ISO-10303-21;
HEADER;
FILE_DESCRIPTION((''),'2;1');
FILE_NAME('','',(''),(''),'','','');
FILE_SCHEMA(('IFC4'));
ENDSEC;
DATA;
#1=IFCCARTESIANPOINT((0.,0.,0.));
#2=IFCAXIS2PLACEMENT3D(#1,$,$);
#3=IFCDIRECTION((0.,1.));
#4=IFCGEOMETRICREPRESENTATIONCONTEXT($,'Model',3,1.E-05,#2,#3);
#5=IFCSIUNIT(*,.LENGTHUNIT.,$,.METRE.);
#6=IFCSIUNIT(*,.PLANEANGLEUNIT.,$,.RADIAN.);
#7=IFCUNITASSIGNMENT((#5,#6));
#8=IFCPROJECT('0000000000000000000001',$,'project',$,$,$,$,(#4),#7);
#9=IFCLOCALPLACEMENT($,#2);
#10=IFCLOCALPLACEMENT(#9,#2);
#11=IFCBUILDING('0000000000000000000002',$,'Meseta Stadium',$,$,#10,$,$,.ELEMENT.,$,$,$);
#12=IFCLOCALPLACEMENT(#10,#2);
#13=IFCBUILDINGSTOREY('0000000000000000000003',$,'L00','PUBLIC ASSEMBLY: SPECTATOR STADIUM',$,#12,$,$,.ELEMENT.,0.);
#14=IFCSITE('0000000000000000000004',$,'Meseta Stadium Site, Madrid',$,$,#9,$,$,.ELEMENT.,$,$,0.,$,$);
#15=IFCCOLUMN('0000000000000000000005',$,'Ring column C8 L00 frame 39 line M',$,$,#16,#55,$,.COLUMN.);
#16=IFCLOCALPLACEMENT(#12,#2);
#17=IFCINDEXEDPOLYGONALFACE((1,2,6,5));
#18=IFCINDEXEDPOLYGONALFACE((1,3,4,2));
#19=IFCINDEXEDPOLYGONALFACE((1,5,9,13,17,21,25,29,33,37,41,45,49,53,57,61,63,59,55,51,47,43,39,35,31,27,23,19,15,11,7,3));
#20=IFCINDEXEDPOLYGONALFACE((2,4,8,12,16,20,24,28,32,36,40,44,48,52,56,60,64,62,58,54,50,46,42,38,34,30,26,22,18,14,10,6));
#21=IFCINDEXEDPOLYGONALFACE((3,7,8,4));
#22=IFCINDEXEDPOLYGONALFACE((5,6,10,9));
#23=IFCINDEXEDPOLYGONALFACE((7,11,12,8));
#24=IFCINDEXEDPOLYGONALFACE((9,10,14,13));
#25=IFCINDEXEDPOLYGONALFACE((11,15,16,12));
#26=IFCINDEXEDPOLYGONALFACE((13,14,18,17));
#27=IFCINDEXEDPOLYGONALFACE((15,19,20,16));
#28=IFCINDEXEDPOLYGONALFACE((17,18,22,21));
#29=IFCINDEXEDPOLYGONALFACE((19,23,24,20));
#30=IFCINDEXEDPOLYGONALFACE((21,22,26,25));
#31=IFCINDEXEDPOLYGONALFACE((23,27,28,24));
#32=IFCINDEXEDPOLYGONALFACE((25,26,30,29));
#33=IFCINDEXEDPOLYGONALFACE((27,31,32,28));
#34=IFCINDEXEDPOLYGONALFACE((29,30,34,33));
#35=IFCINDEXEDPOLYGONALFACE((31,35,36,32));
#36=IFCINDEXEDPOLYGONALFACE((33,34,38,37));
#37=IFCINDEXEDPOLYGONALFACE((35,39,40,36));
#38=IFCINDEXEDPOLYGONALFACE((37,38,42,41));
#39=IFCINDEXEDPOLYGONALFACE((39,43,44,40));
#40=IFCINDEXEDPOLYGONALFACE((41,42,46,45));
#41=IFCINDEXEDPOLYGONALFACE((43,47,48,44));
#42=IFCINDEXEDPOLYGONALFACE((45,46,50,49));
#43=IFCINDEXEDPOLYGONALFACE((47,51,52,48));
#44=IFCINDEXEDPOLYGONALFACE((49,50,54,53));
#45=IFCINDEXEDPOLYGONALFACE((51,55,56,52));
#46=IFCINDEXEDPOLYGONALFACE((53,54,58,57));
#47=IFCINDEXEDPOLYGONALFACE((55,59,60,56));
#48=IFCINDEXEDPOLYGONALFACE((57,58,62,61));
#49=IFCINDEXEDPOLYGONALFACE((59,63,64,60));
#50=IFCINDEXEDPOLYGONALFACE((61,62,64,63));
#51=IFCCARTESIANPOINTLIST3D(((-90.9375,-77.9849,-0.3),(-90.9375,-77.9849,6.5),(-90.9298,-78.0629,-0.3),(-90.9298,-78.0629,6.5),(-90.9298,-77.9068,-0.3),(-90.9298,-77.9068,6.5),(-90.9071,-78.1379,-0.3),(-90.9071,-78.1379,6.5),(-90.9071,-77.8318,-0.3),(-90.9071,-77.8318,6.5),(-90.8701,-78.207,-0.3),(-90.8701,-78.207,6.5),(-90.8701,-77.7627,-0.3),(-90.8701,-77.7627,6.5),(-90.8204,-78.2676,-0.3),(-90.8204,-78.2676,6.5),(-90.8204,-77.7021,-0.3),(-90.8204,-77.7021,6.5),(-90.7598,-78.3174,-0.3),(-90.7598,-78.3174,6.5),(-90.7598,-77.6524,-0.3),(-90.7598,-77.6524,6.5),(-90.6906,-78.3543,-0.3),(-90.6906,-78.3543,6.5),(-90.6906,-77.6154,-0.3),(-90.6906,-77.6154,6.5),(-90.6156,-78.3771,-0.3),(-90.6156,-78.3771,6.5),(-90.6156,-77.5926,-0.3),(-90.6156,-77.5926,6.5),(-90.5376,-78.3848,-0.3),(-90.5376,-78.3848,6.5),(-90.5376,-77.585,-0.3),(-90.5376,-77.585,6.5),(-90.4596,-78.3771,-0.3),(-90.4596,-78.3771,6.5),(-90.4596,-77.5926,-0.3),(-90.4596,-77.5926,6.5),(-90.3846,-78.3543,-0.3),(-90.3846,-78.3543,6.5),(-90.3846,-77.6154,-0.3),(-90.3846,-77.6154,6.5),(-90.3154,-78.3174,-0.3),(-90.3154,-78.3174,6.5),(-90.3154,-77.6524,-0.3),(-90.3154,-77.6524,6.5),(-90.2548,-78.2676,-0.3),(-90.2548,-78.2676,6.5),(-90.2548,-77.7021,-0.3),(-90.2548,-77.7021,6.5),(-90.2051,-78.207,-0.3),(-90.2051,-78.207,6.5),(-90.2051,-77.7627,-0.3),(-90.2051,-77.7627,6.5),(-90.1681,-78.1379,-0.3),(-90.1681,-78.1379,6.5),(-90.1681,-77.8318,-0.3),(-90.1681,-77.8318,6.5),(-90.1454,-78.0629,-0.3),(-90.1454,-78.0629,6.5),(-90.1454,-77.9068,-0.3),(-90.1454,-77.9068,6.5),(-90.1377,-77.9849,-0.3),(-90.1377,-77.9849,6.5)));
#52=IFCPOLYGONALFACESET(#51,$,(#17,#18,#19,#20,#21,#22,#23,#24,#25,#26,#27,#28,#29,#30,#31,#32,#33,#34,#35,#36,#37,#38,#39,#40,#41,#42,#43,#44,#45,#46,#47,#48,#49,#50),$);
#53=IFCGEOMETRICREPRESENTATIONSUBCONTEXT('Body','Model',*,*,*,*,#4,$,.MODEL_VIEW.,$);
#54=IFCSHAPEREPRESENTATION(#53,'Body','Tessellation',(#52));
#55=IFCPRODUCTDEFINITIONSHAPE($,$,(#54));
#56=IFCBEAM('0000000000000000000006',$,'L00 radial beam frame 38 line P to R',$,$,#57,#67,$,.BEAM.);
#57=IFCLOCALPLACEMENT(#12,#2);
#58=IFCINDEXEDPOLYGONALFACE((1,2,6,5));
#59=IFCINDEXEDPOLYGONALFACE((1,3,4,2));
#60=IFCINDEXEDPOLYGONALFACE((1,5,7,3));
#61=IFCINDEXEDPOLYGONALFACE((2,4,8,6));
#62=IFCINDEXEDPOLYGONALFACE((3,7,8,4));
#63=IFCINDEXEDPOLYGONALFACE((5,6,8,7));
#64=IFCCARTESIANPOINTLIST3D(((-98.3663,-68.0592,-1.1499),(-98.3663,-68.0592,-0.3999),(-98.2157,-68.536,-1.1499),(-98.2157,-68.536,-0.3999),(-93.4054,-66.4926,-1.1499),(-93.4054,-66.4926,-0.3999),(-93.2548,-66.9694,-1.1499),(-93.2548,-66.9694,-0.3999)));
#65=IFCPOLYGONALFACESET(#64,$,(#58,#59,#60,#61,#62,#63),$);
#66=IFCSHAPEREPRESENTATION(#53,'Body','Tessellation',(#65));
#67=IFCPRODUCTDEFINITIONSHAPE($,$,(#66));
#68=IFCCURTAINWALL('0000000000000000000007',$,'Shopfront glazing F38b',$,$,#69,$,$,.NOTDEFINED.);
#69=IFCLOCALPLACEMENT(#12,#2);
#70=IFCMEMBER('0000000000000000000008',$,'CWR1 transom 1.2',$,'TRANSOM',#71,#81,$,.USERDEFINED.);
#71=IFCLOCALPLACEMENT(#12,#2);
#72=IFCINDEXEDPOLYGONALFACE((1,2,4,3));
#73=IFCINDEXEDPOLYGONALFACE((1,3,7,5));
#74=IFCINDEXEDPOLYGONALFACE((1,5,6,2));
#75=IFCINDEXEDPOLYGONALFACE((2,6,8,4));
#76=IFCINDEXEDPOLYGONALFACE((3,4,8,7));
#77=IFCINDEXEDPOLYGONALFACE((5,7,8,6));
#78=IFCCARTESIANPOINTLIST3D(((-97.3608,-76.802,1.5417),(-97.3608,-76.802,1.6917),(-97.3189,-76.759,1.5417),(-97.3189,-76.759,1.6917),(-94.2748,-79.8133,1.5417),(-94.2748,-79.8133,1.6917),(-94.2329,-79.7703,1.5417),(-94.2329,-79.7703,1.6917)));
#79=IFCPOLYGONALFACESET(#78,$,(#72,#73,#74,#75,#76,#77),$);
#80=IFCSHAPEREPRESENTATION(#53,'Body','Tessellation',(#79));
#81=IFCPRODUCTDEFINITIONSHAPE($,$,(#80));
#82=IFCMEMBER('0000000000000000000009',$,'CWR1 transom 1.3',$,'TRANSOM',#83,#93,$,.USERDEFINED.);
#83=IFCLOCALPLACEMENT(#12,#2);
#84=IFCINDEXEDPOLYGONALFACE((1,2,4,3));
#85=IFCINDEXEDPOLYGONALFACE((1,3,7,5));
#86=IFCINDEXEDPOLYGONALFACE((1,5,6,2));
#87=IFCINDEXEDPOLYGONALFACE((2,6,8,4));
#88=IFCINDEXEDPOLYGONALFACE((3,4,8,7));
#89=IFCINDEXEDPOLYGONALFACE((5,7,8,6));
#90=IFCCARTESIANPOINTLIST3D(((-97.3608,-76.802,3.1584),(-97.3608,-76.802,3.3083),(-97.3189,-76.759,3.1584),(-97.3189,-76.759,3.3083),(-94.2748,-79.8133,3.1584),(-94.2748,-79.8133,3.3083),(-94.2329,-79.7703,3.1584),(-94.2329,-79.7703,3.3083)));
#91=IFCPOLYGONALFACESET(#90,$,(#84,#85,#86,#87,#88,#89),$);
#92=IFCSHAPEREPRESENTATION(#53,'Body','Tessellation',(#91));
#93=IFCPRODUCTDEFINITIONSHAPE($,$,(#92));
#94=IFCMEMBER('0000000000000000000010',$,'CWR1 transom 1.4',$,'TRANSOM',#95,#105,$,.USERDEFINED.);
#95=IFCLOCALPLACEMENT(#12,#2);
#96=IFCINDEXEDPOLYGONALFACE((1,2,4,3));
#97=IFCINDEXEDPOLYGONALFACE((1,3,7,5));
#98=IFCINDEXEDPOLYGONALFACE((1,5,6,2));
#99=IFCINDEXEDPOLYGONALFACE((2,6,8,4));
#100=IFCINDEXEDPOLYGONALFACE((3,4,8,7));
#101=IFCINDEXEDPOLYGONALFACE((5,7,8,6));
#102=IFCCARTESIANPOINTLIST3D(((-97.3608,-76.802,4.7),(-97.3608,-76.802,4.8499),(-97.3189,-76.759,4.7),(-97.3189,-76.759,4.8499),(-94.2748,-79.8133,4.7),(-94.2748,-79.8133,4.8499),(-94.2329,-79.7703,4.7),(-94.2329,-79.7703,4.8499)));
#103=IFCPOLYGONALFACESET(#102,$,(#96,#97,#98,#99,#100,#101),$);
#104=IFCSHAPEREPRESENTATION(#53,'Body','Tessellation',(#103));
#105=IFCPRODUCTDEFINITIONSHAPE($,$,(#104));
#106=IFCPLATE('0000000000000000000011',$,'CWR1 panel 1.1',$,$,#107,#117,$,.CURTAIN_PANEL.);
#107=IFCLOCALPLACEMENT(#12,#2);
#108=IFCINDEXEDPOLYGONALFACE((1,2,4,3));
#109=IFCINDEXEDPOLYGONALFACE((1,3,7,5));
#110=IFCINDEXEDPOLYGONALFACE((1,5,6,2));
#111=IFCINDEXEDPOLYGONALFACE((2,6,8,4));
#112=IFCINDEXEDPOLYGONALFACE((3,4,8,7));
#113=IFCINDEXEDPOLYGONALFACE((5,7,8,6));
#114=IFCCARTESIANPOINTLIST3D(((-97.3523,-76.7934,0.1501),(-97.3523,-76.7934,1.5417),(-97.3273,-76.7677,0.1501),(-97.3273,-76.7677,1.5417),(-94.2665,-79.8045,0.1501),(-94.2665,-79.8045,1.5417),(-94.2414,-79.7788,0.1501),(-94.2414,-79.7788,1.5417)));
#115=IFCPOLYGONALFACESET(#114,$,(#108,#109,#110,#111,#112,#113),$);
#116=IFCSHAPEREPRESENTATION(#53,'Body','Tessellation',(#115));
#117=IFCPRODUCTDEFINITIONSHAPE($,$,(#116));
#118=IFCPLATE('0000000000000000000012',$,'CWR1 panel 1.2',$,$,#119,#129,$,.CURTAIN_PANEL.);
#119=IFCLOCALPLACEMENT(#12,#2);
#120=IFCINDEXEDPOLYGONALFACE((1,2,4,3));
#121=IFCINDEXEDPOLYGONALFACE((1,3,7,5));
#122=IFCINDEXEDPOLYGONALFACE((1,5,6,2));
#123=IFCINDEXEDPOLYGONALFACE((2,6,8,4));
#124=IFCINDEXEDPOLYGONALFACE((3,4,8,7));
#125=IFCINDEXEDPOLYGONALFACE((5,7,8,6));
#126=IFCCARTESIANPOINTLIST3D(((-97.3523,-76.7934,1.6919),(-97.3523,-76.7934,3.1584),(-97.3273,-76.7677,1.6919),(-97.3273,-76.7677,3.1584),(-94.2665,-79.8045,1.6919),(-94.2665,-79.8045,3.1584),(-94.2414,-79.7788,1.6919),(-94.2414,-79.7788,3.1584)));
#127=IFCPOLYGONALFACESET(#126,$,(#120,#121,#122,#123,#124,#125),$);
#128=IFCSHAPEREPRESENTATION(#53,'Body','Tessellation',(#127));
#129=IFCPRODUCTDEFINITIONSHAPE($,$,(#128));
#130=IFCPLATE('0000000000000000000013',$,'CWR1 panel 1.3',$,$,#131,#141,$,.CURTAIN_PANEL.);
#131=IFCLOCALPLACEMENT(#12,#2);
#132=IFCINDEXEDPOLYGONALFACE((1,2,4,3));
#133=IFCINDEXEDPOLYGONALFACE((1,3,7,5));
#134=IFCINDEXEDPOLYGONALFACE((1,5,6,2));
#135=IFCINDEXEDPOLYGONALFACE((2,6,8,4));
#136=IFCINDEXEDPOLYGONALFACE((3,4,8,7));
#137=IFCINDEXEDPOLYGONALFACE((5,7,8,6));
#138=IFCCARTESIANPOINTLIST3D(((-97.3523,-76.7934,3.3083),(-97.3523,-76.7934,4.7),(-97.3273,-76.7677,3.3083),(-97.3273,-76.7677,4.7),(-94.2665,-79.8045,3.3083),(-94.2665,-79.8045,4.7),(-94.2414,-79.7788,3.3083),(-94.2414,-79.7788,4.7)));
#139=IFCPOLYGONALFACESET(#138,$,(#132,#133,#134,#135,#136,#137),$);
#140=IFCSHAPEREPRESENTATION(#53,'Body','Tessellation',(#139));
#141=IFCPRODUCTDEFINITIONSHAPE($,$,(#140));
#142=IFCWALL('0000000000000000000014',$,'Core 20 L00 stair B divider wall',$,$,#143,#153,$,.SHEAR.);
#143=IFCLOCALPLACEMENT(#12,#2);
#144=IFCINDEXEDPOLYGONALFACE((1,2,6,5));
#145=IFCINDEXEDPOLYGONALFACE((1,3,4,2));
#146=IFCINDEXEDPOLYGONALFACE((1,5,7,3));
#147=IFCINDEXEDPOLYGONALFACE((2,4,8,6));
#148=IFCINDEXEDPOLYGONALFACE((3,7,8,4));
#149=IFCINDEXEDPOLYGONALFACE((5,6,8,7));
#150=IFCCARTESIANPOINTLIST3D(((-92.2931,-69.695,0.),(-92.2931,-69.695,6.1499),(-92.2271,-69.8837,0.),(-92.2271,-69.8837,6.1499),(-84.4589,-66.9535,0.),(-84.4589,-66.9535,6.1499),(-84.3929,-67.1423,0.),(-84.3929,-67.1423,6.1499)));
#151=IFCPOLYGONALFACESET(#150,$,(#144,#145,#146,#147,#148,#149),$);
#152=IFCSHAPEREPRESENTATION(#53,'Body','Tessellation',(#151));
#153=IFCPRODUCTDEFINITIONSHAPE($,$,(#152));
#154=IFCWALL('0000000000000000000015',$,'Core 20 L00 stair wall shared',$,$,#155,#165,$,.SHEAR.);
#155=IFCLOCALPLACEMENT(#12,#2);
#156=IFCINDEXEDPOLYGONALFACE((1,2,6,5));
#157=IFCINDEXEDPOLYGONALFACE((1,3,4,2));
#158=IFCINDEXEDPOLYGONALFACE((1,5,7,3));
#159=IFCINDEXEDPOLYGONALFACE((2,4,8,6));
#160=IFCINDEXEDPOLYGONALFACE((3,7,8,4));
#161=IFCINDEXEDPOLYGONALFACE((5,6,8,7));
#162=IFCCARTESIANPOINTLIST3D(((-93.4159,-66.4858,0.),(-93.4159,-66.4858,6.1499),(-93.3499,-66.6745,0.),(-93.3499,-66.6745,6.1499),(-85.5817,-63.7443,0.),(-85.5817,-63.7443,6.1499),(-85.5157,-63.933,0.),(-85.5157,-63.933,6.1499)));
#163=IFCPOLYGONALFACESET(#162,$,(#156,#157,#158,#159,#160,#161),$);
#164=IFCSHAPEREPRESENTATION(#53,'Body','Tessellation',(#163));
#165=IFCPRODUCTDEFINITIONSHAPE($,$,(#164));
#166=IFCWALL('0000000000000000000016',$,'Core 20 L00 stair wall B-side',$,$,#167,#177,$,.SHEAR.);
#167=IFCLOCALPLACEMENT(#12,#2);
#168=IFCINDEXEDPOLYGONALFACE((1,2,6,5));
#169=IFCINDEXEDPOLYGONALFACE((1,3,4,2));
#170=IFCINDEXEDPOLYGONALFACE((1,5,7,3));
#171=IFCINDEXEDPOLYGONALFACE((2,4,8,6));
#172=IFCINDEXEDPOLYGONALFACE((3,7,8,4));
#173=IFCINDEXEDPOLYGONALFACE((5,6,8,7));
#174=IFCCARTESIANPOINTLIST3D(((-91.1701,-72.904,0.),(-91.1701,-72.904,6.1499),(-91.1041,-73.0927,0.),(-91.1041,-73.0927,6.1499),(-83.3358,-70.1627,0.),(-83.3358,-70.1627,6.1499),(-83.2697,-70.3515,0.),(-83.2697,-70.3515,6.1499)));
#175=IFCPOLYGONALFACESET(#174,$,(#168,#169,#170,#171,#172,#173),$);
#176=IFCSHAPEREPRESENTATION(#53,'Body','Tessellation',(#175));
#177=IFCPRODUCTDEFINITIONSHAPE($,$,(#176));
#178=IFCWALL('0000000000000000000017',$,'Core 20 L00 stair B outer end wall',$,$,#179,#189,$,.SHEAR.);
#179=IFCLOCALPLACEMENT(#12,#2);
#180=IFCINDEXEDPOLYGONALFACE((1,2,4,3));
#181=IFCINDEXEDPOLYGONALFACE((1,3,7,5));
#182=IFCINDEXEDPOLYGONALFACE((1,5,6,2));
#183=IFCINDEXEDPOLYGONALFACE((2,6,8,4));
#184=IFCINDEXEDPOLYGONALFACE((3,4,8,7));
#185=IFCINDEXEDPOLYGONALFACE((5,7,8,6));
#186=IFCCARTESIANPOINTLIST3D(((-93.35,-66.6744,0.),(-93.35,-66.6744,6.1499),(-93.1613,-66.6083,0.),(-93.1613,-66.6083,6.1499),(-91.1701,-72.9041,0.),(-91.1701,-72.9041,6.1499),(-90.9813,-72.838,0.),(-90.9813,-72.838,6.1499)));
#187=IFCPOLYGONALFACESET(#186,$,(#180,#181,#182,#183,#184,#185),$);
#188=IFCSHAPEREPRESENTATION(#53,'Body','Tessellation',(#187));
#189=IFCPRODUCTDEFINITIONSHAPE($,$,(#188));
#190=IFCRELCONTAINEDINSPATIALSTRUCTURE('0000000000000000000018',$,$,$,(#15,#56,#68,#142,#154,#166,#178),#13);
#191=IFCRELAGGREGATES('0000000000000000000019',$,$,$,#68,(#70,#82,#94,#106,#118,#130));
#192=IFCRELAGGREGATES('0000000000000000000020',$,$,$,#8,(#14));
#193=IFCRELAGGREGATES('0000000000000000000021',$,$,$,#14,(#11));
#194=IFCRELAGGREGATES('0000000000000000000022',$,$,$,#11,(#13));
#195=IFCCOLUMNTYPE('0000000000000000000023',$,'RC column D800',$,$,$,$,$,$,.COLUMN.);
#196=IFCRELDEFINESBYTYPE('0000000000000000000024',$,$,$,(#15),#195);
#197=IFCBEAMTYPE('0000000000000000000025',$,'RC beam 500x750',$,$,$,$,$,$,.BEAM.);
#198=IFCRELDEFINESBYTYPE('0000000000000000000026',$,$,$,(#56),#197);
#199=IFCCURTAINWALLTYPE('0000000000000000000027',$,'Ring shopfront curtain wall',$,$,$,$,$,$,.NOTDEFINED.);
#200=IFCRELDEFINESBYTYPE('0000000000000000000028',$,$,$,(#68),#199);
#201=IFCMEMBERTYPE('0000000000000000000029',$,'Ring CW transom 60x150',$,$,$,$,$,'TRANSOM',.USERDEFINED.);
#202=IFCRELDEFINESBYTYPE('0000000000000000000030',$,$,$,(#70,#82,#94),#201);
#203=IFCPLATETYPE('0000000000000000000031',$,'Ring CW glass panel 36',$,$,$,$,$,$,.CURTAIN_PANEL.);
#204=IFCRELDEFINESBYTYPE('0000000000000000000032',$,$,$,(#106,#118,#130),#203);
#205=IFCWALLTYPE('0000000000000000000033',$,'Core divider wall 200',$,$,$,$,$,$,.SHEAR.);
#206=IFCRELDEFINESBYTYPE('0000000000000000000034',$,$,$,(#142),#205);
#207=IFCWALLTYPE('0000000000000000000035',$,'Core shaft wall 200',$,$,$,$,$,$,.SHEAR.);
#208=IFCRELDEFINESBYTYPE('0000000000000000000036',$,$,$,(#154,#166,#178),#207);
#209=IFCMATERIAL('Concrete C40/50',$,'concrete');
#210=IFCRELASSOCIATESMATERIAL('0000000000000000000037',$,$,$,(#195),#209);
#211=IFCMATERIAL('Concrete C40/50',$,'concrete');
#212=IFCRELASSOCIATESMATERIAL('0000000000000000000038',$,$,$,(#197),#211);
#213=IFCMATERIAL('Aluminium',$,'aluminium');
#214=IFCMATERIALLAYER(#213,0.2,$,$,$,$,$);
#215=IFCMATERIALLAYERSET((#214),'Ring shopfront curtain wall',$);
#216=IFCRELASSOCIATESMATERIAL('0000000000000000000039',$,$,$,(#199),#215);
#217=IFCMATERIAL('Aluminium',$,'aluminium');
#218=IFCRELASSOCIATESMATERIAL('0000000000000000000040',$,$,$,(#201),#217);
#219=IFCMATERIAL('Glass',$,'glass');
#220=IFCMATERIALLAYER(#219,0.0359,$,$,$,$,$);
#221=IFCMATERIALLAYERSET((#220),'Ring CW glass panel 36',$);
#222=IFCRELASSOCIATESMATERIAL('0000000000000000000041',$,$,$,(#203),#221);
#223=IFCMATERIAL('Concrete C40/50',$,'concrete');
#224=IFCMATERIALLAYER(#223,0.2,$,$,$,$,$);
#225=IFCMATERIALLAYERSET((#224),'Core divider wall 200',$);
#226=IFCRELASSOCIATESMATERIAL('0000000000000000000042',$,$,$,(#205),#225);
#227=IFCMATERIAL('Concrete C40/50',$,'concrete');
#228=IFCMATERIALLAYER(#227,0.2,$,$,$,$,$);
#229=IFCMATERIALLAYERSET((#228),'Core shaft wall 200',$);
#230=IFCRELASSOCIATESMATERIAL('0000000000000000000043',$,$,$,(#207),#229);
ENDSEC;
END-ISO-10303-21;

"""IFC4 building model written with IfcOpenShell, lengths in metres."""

from ifc_helpers import new_model, si_unit, direction, frame, frame_2d, origin, origin_2d, place, context, subcontext, project, spatial, rectangle, circle, extrude, material, layer, layer_set, material_profile, profile_set, type_object, element, aggregate, save


model = new_model("IFC4")

# Units and contexts
model_context = context("Model", 3, precision=1e-05, world=origin(), true_north=direction((0.0, 1.0)))
body_context = subcontext(model_context, "Body", "Model", "MODEL_VIEW")
ifc_project = project(units=[si_unit("LENGTHUNIT", "METRE"), si_unit("PLANEANGLEUNIT", "RADIAN")], contexts=[model_context])

# Site, building, storey
site_placement = place(None, origin())
site = spatial("IfcSite", under=ifc_project, at=site_placement, Name="Meseta Stadium Site, Madrid", CompositionType="ELEMENT", RefElevation=0.0)
building_placement = place(site_placement, origin())
building = spatial("IfcBuilding", under=site, at=building_placement, Name="Meseta Stadium", CompositionType="ELEMENT")
storey_placement = place(building_placement, origin())
storey = spatial("IfcBuildingStorey", under=building, at=storey_placement, Name="L00", Description="PUBLIC ASSEMBLY: SPECTATOR STADIUM", CompositionType="ELEMENT", Elevation=0.0)

# Column
ifc_material_1 = material(Name="Concrete C40/50", Category="concrete")
ifc_material_profile_1 = material_profile(ifc_material_1, circle(Radius=0.3999, at=origin_2d()), Name="RC D800")
ifc_profile_set_1 = profile_set([ifc_material_profile_1], Name="Concrete C40/50")
column_type = type_object("IfcColumnType", Name="RC column D800", PredefinedType="COLUMN", material=ifc_profile_set_1)
column_placement = place(storey_placement, frame((-90.5376, -77.9849, -0.3), z_axis=(0.0, 0.0, 1.0), x_axis=(1.0, 0.0, 0.0)))
element("IfcColumn", 1, at=column_placement, inside=storey, type_object=column_type, Name="Ring column C8 L00 frame 39 line M", PredefinedType="COLUMN", context=body_context, shape_type="SweptSolid", body=[
    extrude(circle(Radius=0.3999, at=origin_2d()), origin(), (0.0, 0.0, 1.0), 6.8),
])

# Beam
ifc_material_2 = material(Name="Concrete C40/50", Category="concrete")
ifc_material_profile_2 = material_profile(ifc_material_2, rectangle(XDim=0.5, YDim=0.75, at=origin_2d()), Name="RC 500x750")
ifc_profile_set_2 = profile_set([ifc_material_profile_2], Name="Concrete C40/50")
beam_type = type_object("IfcBeamType", Name="RC beam 500x750", PredefinedType="BEAM", material=ifc_profile_set_2)
beam_placement = place(storey_placement, frame((-93.3301, -66.731, -0.7749), z_axis=(-0.953581, -0.301138, 0.0), x_axis=(0.301138, -0.953581, 0.0)))
element("IfcBeam", 2, at=beam_placement, inside=storey, type_object=beam_type, Name="L00 radial beam frame 38 line P to R", PredefinedType="BEAM", context=body_context, shape_type="SweptSolid", body=[
    extrude(rectangle(XDim=0.5, YDim=0.75, at=origin_2d()), origin(), (0.0, 0.0, 1.0), 5.2024),
])

# Curtain wall, members, plates
ifc_material_3 = material(Name="Aluminium", Category="aluminium")
ifc_layer_1 = layer(ifc_material_3, 0.2)
ifc_layer_set_1 = layer_set([ifc_layer_1], Name="Ring shopfront curtain wall")
curtain_wall_type = type_object("IfcCurtainWallType", Name="Ring shopfront curtain wall", PredefinedType="NOTDEFINED", material=ifc_layer_set_1)
curtain_wall_placement = place(storey_placement, origin())
curtain_wall = element("IfcCurtainWall", 3, at=curtain_wall_placement, inside=storey, type_object=curtain_wall_type, Name="Shopfront glazing F38b", PredefinedType="NOTDEFINED")
ifc_material_4 = material(Name="Aluminium", Category="aluminium")
ifc_material_profile_3 = material_profile(ifc_material_4, rectangle(XDim=0.0601, YDim=0.1499, at=origin_2d()), Name="CW 60x150")
ifc_profile_set_3 = profile_set([ifc_material_profile_3], Name="Aluminium")
member_type = type_object("IfcMemberType", Name="Ring CW transom 60x150", ElementType="TRANSOM", PredefinedType="USERDEFINED", material=ifc_profile_set_3)
member_1_placement = place(storey_placement, frame((-97.3398, -76.7805, 1.6167), z_axis=(0.715717, -0.69839, 0.0), x_axis=(0.69839, 0.715717, 0.0)))
member_1 = element("IfcMember", 4, at=member_1_placement, type_object=member_type, Name="CWR1 transom 1.2", ObjectType="TRANSOM", PredefinedType="USERDEFINED", context=body_context, shape_type="SweptSolid", body=[
    extrude(rectangle(XDim=0.0601, YDim=0.1499, at=origin_2d()), origin(), (0.0, 0.0, 1.0), 4.3118),
])
member_2_placement = place(storey_placement, frame((-97.3398, -76.7805, 3.2334), z_axis=(0.715717, -0.69839, 0.0), x_axis=(0.69839, 0.715717, 0.0)))
member_2 = element("IfcMember", 5, at=member_2_placement, type_object=member_type, Name="CWR1 transom 1.3", ObjectType="TRANSOM", PredefinedType="USERDEFINED", context=body_context, shape_type="SweptSolid", body=[
    extrude(rectangle(XDim=0.0601, YDim=0.1499, at=origin_2d()), origin(), (0.0, 0.0, 1.0), 4.3118),
])
member_3_placement = place(storey_placement, frame((-97.3398, -76.7805, 4.7749), z_axis=(0.715717, -0.69839, 0.0), x_axis=(0.69839, 0.715717, 0.0)))
member_3 = element("IfcMember", 6, at=member_3_placement, type_object=member_type, Name="CWR1 transom 1.4", ObjectType="TRANSOM", PredefinedType="USERDEFINED", context=body_context, shape_type="SweptSolid", body=[
    extrude(rectangle(XDim=0.0601, YDim=0.1499, at=origin_2d()), origin(), (0.0, 0.0, 1.0), 4.3118),
])
ifc_material_5 = material(Name="Glass", Category="glass")
ifc_layer_2 = layer(ifc_material_5, 0.0359)
ifc_layer_set_2 = layer_set([ifc_layer_2], Name="Ring CW glass panel 36")
plate_type = type_object("IfcPlateType", Name="Ring CW glass panel 36", PredefinedType="CURTAIN_PANEL", material=ifc_layer_set_2)
plate_1_placement = place(storey_placement, frame((-95.7969, -78.2861, 0.1501), z_axis=(0.0, 0.0, 1.0), x_axis=(0.715719, -0.698389, 0.0)))
plate_1 = element("IfcPlate", 7, at=plate_1_placement, type_object=plate_type, Name="CWR1 panel 1.1", PredefinedType="CURTAIN_PANEL", context=body_context, shape_type="SweptSolid", body=[
    extrude(rectangle(XDim=4.3115, YDim=0.0359, at=origin_2d()), origin(), (0.0, 0.0, 1.0), 1.3916),
])
plate_2_placement = place(storey_placement, frame((-95.7969, -78.2861, 1.6919), z_axis=(0.0, 0.0, 1.0), x_axis=(0.715719, -0.698389, 0.0)))
plate_2 = element("IfcPlate", 8, at=plate_2_placement, type_object=plate_type, Name="CWR1 panel 1.2", PredefinedType="CURTAIN_PANEL", context=body_context, shape_type="SweptSolid", body=[
    extrude(rectangle(XDim=4.3115, YDim=0.0359, at=origin_2d()), origin(), (0.0, 0.0, 1.0), 1.4666),
])
plate_3_placement = place(storey_placement, frame((-95.7969, -78.2861, 3.3083), z_axis=(0.0, 0.0, 1.0), x_axis=(0.715719, -0.698389, 0.0)))
plate_3 = element("IfcPlate", 9, at=plate_3_placement, type_object=plate_type, Name="CWR1 panel 1.3", PredefinedType="CURTAIN_PANEL", context=body_context, shape_type="SweptSolid", body=[
    extrude(rectangle(XDim=4.3115, YDim=0.0359, at=origin_2d()), origin(), (0.0, 0.0, 1.0), 1.3916),
])
aggregate(curtain_wall, [member_1, member_2, member_3, plate_1, plate_2, plate_3])

# Walls
ifc_material_6 = material(Name="Concrete C40/50", Category="concrete")
ifc_layer_3 = layer(ifc_material_6, 0.2)
ifc_layer_set_3 = layer_set([ifc_layer_3], Name="Core divider wall 200")
wall_type_1 = type_object("IfcWallType", Name="Core divider wall 200", PredefinedType="SHEAR", material=ifc_layer_set_3)
wall_1_placement = place(storey_placement, frame((-92.26, -69.7893, 0.0), z_axis=(0.0, 0.0, 1.0), x_axis=(0.943878, 0.330294, 0.0)))
element("IfcWall", 10, at=wall_1_placement, inside=storey, type_object=wall_type_1, Name="Core 20 L00 stair B divider wall", PredefinedType="SHEAR", context=body_context, shape_type="SweptSolid", body=[
    extrude(rectangle(XDim=8.3, YDim=0.2, at=frame_2d((4.1499, 0.0))), origin(), (0.0, 0.0, 1.0), 6.1499),
])
ifc_material_7 = material(Name="Concrete C40/50", Category="concrete")
ifc_layer_4 = layer(ifc_material_7, 0.2)
ifc_layer_set_4 = layer_set([ifc_layer_4], Name="Core shaft wall 200")
wall_type_2 = type_object("IfcWallType", Name="Core shaft wall 200", PredefinedType="SHEAR", material=ifc_layer_set_4)
for number, where, z_axis, x_axis, name in (
    (11, (-93.3828, -66.5801, 0.0), (0.0, 0.0, 1.0), (0.943878, 0.330294, 0.0), "Core 20 L00 stair wall shared"),
    (12, (-91.137, -72.9983, 0.0), (0.0, 0.0, 1.0), (0.943887, 0.330268, 0.0), "Core 20 L00 stair wall B-side"),
):
    element("IfcWall", number, at=place(storey_placement, frame(where, z_axis=z_axis, x_axis=x_axis)), inside=storey, type_object=wall_type_2, Name=name, PredefinedType="SHEAR", context=body_context, shape_type="SweptSolid", body=[
        extrude(rectangle(XDim=8.3, YDim=0.2, at=frame_2d((4.1499, 0.0))), origin(), (0.0, 0.0, 1.0), 6.1499),
    ])
wall_2_placement = place(storey_placement, frame((-93.2556, -66.6414, 0.0), z_axis=(0.0, 0.0, 1.0), x_axis=(0.330286, -0.943881, 0.0)))
element("IfcWall", 13, at=wall_2_placement, inside=storey, type_object=wall_type_2, Name="Core 20 L00 stair B outer end wall", PredefinedType="SHEAR", context=body_context, shape_type="SweptSolid", body=[
    extrude(rectangle(XDim=6.6001, YDim=0.2, at=frame_2d((3.3, 0.0))), origin(), (0.0, 0.0, 1.0), 6.1499),
])

save(model, "model.ifc")
